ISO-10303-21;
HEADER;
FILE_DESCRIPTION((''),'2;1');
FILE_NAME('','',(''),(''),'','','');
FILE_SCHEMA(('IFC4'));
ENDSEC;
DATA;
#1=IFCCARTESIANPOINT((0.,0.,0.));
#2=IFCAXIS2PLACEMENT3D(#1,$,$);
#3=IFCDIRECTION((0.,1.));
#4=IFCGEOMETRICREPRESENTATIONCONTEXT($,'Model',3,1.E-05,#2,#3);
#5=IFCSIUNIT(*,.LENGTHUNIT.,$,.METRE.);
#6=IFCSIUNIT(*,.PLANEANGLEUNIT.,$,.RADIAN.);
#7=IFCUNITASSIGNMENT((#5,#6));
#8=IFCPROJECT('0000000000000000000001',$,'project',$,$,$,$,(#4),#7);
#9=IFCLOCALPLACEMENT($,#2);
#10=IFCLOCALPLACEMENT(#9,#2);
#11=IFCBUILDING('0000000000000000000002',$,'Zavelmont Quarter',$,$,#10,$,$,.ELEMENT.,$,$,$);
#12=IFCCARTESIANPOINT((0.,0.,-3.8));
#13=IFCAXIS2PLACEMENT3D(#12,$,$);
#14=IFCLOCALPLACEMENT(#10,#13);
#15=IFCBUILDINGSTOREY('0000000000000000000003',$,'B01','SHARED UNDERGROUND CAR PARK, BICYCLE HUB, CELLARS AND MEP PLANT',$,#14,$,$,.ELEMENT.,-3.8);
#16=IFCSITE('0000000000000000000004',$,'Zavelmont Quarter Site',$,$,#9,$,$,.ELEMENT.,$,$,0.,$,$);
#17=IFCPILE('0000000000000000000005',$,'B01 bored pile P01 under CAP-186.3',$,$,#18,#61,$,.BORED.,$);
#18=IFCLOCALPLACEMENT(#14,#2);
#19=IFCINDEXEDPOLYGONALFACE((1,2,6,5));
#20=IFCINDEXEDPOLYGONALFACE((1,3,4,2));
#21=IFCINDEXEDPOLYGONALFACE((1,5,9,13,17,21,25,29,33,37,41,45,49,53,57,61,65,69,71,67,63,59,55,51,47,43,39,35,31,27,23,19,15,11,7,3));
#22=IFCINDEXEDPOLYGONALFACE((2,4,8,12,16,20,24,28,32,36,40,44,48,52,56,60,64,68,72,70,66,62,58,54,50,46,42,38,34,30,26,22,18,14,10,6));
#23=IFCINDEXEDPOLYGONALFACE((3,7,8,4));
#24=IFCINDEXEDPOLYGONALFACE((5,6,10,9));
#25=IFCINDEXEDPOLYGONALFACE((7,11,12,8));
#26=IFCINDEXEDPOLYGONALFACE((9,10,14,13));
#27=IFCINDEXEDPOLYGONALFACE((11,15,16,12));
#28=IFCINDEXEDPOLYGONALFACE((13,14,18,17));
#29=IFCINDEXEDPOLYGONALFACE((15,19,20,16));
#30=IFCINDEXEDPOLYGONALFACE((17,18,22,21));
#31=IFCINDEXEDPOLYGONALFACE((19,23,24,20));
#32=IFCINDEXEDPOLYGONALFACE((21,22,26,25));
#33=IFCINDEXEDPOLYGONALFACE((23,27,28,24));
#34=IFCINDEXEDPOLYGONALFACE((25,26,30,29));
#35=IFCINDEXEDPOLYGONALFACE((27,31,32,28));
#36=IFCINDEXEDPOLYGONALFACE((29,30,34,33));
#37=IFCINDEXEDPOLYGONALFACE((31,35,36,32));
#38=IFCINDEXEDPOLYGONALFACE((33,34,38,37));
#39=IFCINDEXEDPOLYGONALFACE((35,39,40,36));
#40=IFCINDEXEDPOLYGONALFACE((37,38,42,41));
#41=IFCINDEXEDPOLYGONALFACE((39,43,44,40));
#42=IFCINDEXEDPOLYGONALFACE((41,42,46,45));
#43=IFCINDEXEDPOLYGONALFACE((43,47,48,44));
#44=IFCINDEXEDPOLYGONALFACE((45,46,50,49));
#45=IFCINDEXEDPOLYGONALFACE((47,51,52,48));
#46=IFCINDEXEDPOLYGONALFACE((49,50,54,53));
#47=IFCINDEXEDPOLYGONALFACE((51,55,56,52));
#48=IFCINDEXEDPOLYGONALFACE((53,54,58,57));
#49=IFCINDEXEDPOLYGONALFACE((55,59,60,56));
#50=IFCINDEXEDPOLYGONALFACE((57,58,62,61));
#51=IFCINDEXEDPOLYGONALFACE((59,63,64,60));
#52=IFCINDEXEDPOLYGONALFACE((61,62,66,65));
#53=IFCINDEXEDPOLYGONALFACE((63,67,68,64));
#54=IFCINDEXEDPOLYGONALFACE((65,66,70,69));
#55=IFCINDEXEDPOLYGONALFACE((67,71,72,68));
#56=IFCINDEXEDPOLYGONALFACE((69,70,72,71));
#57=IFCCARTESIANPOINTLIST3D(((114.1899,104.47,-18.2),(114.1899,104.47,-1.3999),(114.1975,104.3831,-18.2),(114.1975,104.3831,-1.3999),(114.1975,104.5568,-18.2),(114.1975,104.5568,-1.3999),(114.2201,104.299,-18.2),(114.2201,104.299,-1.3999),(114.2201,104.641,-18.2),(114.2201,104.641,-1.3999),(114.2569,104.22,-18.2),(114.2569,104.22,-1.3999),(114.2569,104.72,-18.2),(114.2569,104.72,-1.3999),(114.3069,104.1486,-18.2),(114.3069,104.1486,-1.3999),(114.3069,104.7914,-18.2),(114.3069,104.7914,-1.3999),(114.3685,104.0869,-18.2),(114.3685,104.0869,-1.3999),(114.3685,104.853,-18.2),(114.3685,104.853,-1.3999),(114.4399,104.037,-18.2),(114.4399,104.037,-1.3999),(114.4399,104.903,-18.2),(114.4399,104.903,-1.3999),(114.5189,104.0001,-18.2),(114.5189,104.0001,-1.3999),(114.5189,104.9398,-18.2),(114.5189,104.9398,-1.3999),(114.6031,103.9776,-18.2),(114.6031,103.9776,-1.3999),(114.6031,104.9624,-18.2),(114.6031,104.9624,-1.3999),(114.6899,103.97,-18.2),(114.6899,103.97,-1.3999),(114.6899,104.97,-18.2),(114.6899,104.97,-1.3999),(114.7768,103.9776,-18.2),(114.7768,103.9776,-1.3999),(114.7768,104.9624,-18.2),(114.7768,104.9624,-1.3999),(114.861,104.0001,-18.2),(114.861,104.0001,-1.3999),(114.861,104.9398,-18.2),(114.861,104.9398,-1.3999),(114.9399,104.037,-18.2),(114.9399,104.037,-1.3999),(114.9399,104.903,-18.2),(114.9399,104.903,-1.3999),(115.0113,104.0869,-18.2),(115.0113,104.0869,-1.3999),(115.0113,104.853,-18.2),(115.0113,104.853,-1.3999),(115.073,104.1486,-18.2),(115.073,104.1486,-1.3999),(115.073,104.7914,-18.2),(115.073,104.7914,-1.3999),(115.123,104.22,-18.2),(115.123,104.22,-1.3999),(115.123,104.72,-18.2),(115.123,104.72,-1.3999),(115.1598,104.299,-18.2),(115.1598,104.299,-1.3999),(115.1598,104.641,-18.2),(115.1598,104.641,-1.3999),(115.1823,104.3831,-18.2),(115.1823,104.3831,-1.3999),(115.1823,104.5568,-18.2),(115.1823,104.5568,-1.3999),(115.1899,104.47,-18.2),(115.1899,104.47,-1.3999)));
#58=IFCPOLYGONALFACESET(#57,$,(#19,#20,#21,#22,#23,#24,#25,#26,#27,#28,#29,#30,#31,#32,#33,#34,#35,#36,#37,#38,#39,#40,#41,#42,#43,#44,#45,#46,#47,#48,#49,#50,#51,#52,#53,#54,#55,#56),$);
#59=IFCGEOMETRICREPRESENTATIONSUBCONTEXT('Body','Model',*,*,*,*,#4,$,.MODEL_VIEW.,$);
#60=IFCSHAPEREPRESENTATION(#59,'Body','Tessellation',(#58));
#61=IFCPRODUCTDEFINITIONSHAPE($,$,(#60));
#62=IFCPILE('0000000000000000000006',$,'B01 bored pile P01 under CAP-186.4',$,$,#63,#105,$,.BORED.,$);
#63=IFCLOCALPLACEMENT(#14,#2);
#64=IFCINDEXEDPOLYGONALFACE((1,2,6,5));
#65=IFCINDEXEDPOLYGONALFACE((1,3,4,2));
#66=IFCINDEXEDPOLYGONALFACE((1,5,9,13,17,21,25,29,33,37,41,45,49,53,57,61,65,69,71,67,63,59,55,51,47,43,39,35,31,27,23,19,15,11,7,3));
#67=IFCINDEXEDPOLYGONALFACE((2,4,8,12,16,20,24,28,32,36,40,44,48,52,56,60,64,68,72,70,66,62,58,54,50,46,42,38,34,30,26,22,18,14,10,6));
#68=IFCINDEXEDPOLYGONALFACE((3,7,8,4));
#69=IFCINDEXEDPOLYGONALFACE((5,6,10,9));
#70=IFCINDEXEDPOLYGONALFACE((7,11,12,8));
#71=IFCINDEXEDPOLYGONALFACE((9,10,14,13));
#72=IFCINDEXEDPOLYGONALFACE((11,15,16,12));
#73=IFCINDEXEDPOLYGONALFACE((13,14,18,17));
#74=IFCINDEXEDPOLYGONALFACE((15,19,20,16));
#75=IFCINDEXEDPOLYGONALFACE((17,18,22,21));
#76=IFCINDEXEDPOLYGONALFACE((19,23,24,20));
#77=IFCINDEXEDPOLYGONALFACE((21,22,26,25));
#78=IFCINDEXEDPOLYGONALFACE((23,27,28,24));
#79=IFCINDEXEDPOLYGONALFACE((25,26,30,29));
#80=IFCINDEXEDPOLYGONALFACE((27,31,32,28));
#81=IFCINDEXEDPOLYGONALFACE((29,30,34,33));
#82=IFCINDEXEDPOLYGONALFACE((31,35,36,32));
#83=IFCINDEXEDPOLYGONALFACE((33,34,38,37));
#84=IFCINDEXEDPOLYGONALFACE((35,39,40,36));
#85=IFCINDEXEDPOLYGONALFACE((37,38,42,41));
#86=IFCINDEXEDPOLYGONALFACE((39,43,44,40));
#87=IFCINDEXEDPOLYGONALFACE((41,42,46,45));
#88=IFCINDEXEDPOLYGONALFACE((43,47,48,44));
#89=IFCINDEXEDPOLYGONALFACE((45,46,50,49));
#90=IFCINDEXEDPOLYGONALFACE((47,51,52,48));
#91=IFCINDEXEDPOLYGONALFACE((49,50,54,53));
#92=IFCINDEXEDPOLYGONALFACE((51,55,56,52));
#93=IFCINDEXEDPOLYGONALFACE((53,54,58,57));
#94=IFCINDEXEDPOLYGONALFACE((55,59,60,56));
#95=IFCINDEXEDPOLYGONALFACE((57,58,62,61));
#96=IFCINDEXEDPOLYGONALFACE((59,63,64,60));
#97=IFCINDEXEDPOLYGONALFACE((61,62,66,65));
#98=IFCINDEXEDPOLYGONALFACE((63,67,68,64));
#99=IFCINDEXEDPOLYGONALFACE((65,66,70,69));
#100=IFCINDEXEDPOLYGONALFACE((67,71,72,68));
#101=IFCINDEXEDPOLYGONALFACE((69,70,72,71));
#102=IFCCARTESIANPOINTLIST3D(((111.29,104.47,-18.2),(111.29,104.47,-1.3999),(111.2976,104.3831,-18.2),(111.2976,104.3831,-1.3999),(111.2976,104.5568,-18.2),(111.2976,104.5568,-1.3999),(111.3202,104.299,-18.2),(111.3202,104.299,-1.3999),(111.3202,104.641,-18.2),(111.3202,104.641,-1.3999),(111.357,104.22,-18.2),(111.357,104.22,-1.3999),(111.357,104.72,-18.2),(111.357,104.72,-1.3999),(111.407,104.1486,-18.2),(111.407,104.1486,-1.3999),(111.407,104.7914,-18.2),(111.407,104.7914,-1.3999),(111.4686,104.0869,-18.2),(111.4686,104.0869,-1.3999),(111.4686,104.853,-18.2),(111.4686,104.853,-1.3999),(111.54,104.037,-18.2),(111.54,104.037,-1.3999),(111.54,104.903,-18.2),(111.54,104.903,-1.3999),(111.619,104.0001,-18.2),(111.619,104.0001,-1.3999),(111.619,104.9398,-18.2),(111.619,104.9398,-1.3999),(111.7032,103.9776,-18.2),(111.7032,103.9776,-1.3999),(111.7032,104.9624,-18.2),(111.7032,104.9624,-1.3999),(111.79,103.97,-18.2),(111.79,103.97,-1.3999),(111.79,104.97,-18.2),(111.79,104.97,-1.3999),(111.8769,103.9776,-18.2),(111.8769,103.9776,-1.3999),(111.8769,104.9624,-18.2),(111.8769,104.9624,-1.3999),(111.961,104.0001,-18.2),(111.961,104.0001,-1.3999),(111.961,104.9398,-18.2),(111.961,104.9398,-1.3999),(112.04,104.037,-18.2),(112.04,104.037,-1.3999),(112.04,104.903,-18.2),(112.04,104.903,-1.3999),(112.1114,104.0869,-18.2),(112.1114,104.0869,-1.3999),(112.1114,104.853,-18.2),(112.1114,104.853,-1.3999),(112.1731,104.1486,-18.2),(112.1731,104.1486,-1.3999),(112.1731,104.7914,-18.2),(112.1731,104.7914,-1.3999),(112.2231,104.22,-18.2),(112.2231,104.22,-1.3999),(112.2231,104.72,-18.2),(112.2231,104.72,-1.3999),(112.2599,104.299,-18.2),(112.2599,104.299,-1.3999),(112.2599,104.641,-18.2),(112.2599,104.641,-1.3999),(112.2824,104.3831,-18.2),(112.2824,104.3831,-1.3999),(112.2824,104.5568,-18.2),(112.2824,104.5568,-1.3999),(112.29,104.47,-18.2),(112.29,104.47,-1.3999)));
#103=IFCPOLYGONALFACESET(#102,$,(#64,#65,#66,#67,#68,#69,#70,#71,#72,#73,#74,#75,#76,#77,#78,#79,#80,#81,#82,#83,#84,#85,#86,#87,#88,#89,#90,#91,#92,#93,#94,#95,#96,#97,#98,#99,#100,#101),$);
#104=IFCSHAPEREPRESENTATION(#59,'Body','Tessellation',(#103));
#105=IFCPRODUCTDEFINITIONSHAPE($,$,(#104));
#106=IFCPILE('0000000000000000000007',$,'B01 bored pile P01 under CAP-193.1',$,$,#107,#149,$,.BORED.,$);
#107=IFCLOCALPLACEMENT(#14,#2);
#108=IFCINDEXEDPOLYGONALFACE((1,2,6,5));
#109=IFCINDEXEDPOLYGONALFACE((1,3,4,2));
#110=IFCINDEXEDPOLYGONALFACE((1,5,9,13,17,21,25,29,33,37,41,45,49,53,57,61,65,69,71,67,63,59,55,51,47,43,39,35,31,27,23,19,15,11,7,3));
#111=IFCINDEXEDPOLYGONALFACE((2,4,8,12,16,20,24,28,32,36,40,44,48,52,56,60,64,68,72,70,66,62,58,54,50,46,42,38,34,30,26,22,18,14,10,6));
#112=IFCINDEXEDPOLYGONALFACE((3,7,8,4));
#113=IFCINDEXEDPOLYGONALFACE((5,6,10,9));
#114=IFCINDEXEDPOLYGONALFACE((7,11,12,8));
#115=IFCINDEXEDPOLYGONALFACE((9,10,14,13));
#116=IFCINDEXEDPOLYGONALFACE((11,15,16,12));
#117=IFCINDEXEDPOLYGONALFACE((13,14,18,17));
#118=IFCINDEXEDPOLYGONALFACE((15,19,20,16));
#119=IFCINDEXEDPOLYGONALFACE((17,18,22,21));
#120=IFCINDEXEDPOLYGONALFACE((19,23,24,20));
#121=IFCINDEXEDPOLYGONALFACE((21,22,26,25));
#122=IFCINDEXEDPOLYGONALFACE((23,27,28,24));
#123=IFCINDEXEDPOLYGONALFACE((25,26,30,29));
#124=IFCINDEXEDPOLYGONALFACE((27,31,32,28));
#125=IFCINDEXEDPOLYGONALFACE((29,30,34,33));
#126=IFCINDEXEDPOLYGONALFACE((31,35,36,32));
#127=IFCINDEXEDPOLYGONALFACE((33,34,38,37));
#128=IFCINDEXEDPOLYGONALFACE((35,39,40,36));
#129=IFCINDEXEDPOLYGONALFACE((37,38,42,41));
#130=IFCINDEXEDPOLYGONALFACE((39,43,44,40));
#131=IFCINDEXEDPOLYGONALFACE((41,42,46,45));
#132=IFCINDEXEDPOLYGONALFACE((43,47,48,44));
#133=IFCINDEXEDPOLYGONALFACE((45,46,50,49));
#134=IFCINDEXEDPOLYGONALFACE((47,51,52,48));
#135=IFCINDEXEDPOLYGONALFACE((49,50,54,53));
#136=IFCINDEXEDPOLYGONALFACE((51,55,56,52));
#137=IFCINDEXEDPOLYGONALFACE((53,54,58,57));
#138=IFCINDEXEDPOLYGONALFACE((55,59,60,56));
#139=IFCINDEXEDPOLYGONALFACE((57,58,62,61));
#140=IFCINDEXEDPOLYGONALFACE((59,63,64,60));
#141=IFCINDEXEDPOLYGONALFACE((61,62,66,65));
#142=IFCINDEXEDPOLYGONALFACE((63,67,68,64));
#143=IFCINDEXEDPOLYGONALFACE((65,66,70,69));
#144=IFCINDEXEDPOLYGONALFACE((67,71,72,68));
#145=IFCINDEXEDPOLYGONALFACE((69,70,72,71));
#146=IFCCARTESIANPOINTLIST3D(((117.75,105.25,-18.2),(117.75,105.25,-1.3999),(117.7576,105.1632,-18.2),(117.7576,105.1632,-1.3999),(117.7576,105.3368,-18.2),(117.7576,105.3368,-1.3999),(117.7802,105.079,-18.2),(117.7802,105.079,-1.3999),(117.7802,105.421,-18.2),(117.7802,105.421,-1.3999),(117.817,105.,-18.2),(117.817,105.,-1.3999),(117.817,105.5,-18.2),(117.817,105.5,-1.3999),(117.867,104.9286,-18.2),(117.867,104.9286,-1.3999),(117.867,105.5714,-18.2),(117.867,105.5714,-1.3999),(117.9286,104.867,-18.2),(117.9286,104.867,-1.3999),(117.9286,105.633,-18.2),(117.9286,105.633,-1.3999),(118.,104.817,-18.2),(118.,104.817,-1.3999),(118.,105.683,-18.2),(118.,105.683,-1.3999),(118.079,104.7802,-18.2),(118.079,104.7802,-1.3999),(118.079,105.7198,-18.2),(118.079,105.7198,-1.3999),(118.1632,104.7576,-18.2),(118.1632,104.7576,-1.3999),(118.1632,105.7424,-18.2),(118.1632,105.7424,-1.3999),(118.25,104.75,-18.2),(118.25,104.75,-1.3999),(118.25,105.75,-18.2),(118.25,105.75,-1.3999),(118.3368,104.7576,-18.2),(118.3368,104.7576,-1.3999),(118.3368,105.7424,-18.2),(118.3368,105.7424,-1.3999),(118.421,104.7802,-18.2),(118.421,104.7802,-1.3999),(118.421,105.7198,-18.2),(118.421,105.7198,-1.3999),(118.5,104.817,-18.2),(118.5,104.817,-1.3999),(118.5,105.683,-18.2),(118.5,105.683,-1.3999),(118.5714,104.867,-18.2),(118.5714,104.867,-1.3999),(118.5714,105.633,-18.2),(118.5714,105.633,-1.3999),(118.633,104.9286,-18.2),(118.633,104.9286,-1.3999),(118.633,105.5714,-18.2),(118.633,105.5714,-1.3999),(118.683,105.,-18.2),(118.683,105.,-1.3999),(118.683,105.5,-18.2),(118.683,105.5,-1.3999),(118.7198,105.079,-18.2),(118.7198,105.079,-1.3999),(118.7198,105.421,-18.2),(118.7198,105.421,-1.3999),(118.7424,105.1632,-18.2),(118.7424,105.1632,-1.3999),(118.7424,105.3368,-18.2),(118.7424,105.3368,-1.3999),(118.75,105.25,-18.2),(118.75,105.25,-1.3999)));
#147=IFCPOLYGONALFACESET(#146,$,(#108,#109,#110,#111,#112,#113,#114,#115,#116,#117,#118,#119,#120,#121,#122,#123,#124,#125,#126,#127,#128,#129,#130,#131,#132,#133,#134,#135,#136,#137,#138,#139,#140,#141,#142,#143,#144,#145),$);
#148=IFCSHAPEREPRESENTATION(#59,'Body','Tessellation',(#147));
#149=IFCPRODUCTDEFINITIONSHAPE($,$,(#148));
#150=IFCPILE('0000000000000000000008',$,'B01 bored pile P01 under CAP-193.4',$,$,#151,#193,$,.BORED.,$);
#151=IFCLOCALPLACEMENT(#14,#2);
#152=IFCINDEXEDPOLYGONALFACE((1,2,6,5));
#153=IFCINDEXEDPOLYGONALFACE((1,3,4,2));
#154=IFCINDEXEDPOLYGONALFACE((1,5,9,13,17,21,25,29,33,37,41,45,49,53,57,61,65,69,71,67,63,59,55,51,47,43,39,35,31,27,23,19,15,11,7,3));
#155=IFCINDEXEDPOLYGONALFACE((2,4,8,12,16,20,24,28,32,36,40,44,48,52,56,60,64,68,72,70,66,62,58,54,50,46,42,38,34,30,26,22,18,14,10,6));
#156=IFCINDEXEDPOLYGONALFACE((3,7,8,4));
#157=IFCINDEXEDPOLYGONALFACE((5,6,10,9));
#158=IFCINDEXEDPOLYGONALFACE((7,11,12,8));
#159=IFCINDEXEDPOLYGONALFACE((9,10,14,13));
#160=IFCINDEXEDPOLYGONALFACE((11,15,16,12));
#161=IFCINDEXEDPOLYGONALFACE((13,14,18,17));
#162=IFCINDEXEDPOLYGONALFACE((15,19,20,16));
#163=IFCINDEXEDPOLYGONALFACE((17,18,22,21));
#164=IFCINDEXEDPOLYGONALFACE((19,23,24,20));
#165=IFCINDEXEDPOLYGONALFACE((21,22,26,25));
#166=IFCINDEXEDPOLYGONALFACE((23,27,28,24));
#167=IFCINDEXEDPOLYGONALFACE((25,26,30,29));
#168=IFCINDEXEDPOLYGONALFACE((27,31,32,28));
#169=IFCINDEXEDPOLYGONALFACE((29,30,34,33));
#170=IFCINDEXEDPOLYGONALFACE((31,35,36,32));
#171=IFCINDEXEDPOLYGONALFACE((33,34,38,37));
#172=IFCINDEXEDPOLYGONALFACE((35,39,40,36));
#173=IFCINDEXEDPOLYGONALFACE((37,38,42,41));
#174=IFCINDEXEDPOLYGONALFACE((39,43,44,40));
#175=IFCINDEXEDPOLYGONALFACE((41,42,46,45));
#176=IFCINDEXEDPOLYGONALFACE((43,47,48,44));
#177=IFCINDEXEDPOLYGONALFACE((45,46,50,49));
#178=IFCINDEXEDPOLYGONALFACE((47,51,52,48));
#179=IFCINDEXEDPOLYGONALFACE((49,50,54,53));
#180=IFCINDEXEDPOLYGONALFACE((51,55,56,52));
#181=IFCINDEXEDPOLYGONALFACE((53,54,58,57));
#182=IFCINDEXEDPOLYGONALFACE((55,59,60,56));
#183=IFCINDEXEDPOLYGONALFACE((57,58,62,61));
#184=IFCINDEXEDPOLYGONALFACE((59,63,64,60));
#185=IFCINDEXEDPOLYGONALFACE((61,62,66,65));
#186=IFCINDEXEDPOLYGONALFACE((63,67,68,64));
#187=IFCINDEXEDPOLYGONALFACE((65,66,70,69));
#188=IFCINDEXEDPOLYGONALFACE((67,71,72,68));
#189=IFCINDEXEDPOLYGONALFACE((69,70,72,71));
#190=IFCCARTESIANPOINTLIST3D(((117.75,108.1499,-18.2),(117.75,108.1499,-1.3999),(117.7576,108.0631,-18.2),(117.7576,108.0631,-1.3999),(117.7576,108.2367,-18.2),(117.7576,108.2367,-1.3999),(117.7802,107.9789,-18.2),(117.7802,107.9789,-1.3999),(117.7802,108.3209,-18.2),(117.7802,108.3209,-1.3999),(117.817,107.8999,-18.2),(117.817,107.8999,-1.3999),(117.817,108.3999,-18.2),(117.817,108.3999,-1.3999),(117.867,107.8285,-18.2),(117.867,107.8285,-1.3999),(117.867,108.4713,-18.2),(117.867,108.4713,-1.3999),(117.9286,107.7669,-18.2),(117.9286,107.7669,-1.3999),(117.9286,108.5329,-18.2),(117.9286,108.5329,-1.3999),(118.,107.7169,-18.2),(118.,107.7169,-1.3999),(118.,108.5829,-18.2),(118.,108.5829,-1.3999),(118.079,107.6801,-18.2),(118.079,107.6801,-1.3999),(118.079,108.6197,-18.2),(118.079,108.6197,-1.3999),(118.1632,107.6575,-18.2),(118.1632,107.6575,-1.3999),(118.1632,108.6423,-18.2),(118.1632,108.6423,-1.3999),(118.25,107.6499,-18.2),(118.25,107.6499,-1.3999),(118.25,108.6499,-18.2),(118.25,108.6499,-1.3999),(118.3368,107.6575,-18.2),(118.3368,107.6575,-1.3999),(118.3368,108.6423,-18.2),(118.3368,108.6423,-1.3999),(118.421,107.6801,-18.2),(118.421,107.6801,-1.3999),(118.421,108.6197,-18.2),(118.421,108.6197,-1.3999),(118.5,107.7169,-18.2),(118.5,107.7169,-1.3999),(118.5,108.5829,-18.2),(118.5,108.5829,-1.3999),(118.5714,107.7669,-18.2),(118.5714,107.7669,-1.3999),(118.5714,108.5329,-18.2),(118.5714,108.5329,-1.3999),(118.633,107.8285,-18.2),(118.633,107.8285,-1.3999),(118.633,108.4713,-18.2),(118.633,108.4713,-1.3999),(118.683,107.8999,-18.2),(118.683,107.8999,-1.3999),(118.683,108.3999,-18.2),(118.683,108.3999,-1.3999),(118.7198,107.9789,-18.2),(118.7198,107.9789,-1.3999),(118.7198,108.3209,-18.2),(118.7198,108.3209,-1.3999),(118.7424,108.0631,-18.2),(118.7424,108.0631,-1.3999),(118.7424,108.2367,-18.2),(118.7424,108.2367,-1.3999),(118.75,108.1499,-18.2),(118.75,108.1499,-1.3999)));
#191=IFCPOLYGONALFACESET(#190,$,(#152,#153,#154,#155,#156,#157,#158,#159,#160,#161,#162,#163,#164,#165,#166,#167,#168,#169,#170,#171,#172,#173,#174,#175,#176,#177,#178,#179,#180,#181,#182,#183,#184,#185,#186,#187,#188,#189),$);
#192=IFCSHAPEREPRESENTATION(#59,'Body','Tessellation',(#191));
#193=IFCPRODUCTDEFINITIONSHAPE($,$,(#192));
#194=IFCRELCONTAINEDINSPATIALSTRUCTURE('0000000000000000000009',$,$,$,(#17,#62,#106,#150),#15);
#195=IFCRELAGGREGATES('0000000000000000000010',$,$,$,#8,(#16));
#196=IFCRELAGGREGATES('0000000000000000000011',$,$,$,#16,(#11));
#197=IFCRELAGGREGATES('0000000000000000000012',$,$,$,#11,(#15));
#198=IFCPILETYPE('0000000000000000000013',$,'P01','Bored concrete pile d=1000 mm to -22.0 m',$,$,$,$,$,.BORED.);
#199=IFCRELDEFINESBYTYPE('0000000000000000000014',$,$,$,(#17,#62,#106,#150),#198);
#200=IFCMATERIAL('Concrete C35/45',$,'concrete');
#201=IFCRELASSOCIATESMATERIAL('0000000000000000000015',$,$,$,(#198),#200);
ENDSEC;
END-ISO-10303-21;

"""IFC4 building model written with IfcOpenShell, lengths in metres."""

from ifc_helpers import new_model, si_unit, direction, frame, origin, origin_2d, place, context, subcontext, project, spatial, circle, extrude, material, material_profile, profile_set, type_object, element, save


model = new_model("IFC4")

# Units and contexts
model_context = context("Model", 3, precision=1e-05, world=origin(), true_north=direction((0.0, 1.0)))
body_context = subcontext(model_context, "Body", "Model", "MODEL_VIEW")
ifc_project = project(units=[si_unit("LENGTHUNIT", "METRE"), si_unit("PLANEANGLEUNIT", "RADIAN")], contexts=[model_context])

# Site, building, storey
site_placement = place(None, origin())
site = spatial("IfcSite", under=ifc_project, at=site_placement, Name="Zavelmont Quarter Site", CompositionType="ELEMENT", RefElevation=0.0)
building_placement = place(site_placement, origin())
building = spatial("IfcBuilding", under=site, at=building_placement, Name="Zavelmont Quarter", CompositionType="ELEMENT")
storey_placement = place(building_placement, frame((0.0, 0.0, -3.8)))
storey = spatial("IfcBuildingStorey", under=building, at=storey_placement, Name="B01", Description="SHARED UNDERGROUND CAR PARK, BICYCLE HUB, CELLARS AND MEP PLANT", CompositionType="ELEMENT", Elevation=-3.8)

# Shared definitions
ifc_material_1 = material(Name="Concrete C35/45", Category="concrete")

# Piles
ifc_material_profile_1 = material_profile(ifc_material_1, circle(Radius=0.5, at=origin_2d()), Name="BP1000")
ifc_profile_set_1 = profile_set([ifc_material_profile_1], Name="Concrete C35/45")
pile_type_1 = type_object("IfcPileType", Name="P01", Description="Bored concrete pile d=1000 mm to -22.0 m", PredefinedType="BORED", material=ifc_profile_set_1)
for number, where, z_axis, x_axis, name in (
    (1, (114.6899, 104.47, -1.3999), (0.0, 0.0, -1.0), (1.0, 0.0, 0.0), "B01 bored pile P01 under CAP-186.3"),
    (2, (111.79, 104.47, -1.3999), (0.0, 0.0, -1.0), (1.0, 0.0, 0.0), "B01 bored pile P01 under CAP-186.4"),
    (3, (118.25, 105.25, -1.3999), (0.0, 0.0, -1.0), (1.0, 0.0, 0.0), "B01 bored pile P01 under CAP-193.1"),
    (4, (118.25, 108.1499, -1.3999), (0.0, 0.0, -1.0), (1.0, 0.0, 0.0), "B01 bored pile P01 under CAP-193.4"),
):
    element("IfcPile", number, at=place(storey_placement, frame(where, z_axis=z_axis, x_axis=x_axis)), inside=storey, type_object=pile_type_1, Name=name, PredefinedType="BORED", context=body_context, shape_type="SweptSolid", body=[
        extrude(circle(Radius=0.5, at=origin_2d()), origin(), (0.0, 0.0, 1.0), 16.8),
    ])

save(model, "model.ifc")
